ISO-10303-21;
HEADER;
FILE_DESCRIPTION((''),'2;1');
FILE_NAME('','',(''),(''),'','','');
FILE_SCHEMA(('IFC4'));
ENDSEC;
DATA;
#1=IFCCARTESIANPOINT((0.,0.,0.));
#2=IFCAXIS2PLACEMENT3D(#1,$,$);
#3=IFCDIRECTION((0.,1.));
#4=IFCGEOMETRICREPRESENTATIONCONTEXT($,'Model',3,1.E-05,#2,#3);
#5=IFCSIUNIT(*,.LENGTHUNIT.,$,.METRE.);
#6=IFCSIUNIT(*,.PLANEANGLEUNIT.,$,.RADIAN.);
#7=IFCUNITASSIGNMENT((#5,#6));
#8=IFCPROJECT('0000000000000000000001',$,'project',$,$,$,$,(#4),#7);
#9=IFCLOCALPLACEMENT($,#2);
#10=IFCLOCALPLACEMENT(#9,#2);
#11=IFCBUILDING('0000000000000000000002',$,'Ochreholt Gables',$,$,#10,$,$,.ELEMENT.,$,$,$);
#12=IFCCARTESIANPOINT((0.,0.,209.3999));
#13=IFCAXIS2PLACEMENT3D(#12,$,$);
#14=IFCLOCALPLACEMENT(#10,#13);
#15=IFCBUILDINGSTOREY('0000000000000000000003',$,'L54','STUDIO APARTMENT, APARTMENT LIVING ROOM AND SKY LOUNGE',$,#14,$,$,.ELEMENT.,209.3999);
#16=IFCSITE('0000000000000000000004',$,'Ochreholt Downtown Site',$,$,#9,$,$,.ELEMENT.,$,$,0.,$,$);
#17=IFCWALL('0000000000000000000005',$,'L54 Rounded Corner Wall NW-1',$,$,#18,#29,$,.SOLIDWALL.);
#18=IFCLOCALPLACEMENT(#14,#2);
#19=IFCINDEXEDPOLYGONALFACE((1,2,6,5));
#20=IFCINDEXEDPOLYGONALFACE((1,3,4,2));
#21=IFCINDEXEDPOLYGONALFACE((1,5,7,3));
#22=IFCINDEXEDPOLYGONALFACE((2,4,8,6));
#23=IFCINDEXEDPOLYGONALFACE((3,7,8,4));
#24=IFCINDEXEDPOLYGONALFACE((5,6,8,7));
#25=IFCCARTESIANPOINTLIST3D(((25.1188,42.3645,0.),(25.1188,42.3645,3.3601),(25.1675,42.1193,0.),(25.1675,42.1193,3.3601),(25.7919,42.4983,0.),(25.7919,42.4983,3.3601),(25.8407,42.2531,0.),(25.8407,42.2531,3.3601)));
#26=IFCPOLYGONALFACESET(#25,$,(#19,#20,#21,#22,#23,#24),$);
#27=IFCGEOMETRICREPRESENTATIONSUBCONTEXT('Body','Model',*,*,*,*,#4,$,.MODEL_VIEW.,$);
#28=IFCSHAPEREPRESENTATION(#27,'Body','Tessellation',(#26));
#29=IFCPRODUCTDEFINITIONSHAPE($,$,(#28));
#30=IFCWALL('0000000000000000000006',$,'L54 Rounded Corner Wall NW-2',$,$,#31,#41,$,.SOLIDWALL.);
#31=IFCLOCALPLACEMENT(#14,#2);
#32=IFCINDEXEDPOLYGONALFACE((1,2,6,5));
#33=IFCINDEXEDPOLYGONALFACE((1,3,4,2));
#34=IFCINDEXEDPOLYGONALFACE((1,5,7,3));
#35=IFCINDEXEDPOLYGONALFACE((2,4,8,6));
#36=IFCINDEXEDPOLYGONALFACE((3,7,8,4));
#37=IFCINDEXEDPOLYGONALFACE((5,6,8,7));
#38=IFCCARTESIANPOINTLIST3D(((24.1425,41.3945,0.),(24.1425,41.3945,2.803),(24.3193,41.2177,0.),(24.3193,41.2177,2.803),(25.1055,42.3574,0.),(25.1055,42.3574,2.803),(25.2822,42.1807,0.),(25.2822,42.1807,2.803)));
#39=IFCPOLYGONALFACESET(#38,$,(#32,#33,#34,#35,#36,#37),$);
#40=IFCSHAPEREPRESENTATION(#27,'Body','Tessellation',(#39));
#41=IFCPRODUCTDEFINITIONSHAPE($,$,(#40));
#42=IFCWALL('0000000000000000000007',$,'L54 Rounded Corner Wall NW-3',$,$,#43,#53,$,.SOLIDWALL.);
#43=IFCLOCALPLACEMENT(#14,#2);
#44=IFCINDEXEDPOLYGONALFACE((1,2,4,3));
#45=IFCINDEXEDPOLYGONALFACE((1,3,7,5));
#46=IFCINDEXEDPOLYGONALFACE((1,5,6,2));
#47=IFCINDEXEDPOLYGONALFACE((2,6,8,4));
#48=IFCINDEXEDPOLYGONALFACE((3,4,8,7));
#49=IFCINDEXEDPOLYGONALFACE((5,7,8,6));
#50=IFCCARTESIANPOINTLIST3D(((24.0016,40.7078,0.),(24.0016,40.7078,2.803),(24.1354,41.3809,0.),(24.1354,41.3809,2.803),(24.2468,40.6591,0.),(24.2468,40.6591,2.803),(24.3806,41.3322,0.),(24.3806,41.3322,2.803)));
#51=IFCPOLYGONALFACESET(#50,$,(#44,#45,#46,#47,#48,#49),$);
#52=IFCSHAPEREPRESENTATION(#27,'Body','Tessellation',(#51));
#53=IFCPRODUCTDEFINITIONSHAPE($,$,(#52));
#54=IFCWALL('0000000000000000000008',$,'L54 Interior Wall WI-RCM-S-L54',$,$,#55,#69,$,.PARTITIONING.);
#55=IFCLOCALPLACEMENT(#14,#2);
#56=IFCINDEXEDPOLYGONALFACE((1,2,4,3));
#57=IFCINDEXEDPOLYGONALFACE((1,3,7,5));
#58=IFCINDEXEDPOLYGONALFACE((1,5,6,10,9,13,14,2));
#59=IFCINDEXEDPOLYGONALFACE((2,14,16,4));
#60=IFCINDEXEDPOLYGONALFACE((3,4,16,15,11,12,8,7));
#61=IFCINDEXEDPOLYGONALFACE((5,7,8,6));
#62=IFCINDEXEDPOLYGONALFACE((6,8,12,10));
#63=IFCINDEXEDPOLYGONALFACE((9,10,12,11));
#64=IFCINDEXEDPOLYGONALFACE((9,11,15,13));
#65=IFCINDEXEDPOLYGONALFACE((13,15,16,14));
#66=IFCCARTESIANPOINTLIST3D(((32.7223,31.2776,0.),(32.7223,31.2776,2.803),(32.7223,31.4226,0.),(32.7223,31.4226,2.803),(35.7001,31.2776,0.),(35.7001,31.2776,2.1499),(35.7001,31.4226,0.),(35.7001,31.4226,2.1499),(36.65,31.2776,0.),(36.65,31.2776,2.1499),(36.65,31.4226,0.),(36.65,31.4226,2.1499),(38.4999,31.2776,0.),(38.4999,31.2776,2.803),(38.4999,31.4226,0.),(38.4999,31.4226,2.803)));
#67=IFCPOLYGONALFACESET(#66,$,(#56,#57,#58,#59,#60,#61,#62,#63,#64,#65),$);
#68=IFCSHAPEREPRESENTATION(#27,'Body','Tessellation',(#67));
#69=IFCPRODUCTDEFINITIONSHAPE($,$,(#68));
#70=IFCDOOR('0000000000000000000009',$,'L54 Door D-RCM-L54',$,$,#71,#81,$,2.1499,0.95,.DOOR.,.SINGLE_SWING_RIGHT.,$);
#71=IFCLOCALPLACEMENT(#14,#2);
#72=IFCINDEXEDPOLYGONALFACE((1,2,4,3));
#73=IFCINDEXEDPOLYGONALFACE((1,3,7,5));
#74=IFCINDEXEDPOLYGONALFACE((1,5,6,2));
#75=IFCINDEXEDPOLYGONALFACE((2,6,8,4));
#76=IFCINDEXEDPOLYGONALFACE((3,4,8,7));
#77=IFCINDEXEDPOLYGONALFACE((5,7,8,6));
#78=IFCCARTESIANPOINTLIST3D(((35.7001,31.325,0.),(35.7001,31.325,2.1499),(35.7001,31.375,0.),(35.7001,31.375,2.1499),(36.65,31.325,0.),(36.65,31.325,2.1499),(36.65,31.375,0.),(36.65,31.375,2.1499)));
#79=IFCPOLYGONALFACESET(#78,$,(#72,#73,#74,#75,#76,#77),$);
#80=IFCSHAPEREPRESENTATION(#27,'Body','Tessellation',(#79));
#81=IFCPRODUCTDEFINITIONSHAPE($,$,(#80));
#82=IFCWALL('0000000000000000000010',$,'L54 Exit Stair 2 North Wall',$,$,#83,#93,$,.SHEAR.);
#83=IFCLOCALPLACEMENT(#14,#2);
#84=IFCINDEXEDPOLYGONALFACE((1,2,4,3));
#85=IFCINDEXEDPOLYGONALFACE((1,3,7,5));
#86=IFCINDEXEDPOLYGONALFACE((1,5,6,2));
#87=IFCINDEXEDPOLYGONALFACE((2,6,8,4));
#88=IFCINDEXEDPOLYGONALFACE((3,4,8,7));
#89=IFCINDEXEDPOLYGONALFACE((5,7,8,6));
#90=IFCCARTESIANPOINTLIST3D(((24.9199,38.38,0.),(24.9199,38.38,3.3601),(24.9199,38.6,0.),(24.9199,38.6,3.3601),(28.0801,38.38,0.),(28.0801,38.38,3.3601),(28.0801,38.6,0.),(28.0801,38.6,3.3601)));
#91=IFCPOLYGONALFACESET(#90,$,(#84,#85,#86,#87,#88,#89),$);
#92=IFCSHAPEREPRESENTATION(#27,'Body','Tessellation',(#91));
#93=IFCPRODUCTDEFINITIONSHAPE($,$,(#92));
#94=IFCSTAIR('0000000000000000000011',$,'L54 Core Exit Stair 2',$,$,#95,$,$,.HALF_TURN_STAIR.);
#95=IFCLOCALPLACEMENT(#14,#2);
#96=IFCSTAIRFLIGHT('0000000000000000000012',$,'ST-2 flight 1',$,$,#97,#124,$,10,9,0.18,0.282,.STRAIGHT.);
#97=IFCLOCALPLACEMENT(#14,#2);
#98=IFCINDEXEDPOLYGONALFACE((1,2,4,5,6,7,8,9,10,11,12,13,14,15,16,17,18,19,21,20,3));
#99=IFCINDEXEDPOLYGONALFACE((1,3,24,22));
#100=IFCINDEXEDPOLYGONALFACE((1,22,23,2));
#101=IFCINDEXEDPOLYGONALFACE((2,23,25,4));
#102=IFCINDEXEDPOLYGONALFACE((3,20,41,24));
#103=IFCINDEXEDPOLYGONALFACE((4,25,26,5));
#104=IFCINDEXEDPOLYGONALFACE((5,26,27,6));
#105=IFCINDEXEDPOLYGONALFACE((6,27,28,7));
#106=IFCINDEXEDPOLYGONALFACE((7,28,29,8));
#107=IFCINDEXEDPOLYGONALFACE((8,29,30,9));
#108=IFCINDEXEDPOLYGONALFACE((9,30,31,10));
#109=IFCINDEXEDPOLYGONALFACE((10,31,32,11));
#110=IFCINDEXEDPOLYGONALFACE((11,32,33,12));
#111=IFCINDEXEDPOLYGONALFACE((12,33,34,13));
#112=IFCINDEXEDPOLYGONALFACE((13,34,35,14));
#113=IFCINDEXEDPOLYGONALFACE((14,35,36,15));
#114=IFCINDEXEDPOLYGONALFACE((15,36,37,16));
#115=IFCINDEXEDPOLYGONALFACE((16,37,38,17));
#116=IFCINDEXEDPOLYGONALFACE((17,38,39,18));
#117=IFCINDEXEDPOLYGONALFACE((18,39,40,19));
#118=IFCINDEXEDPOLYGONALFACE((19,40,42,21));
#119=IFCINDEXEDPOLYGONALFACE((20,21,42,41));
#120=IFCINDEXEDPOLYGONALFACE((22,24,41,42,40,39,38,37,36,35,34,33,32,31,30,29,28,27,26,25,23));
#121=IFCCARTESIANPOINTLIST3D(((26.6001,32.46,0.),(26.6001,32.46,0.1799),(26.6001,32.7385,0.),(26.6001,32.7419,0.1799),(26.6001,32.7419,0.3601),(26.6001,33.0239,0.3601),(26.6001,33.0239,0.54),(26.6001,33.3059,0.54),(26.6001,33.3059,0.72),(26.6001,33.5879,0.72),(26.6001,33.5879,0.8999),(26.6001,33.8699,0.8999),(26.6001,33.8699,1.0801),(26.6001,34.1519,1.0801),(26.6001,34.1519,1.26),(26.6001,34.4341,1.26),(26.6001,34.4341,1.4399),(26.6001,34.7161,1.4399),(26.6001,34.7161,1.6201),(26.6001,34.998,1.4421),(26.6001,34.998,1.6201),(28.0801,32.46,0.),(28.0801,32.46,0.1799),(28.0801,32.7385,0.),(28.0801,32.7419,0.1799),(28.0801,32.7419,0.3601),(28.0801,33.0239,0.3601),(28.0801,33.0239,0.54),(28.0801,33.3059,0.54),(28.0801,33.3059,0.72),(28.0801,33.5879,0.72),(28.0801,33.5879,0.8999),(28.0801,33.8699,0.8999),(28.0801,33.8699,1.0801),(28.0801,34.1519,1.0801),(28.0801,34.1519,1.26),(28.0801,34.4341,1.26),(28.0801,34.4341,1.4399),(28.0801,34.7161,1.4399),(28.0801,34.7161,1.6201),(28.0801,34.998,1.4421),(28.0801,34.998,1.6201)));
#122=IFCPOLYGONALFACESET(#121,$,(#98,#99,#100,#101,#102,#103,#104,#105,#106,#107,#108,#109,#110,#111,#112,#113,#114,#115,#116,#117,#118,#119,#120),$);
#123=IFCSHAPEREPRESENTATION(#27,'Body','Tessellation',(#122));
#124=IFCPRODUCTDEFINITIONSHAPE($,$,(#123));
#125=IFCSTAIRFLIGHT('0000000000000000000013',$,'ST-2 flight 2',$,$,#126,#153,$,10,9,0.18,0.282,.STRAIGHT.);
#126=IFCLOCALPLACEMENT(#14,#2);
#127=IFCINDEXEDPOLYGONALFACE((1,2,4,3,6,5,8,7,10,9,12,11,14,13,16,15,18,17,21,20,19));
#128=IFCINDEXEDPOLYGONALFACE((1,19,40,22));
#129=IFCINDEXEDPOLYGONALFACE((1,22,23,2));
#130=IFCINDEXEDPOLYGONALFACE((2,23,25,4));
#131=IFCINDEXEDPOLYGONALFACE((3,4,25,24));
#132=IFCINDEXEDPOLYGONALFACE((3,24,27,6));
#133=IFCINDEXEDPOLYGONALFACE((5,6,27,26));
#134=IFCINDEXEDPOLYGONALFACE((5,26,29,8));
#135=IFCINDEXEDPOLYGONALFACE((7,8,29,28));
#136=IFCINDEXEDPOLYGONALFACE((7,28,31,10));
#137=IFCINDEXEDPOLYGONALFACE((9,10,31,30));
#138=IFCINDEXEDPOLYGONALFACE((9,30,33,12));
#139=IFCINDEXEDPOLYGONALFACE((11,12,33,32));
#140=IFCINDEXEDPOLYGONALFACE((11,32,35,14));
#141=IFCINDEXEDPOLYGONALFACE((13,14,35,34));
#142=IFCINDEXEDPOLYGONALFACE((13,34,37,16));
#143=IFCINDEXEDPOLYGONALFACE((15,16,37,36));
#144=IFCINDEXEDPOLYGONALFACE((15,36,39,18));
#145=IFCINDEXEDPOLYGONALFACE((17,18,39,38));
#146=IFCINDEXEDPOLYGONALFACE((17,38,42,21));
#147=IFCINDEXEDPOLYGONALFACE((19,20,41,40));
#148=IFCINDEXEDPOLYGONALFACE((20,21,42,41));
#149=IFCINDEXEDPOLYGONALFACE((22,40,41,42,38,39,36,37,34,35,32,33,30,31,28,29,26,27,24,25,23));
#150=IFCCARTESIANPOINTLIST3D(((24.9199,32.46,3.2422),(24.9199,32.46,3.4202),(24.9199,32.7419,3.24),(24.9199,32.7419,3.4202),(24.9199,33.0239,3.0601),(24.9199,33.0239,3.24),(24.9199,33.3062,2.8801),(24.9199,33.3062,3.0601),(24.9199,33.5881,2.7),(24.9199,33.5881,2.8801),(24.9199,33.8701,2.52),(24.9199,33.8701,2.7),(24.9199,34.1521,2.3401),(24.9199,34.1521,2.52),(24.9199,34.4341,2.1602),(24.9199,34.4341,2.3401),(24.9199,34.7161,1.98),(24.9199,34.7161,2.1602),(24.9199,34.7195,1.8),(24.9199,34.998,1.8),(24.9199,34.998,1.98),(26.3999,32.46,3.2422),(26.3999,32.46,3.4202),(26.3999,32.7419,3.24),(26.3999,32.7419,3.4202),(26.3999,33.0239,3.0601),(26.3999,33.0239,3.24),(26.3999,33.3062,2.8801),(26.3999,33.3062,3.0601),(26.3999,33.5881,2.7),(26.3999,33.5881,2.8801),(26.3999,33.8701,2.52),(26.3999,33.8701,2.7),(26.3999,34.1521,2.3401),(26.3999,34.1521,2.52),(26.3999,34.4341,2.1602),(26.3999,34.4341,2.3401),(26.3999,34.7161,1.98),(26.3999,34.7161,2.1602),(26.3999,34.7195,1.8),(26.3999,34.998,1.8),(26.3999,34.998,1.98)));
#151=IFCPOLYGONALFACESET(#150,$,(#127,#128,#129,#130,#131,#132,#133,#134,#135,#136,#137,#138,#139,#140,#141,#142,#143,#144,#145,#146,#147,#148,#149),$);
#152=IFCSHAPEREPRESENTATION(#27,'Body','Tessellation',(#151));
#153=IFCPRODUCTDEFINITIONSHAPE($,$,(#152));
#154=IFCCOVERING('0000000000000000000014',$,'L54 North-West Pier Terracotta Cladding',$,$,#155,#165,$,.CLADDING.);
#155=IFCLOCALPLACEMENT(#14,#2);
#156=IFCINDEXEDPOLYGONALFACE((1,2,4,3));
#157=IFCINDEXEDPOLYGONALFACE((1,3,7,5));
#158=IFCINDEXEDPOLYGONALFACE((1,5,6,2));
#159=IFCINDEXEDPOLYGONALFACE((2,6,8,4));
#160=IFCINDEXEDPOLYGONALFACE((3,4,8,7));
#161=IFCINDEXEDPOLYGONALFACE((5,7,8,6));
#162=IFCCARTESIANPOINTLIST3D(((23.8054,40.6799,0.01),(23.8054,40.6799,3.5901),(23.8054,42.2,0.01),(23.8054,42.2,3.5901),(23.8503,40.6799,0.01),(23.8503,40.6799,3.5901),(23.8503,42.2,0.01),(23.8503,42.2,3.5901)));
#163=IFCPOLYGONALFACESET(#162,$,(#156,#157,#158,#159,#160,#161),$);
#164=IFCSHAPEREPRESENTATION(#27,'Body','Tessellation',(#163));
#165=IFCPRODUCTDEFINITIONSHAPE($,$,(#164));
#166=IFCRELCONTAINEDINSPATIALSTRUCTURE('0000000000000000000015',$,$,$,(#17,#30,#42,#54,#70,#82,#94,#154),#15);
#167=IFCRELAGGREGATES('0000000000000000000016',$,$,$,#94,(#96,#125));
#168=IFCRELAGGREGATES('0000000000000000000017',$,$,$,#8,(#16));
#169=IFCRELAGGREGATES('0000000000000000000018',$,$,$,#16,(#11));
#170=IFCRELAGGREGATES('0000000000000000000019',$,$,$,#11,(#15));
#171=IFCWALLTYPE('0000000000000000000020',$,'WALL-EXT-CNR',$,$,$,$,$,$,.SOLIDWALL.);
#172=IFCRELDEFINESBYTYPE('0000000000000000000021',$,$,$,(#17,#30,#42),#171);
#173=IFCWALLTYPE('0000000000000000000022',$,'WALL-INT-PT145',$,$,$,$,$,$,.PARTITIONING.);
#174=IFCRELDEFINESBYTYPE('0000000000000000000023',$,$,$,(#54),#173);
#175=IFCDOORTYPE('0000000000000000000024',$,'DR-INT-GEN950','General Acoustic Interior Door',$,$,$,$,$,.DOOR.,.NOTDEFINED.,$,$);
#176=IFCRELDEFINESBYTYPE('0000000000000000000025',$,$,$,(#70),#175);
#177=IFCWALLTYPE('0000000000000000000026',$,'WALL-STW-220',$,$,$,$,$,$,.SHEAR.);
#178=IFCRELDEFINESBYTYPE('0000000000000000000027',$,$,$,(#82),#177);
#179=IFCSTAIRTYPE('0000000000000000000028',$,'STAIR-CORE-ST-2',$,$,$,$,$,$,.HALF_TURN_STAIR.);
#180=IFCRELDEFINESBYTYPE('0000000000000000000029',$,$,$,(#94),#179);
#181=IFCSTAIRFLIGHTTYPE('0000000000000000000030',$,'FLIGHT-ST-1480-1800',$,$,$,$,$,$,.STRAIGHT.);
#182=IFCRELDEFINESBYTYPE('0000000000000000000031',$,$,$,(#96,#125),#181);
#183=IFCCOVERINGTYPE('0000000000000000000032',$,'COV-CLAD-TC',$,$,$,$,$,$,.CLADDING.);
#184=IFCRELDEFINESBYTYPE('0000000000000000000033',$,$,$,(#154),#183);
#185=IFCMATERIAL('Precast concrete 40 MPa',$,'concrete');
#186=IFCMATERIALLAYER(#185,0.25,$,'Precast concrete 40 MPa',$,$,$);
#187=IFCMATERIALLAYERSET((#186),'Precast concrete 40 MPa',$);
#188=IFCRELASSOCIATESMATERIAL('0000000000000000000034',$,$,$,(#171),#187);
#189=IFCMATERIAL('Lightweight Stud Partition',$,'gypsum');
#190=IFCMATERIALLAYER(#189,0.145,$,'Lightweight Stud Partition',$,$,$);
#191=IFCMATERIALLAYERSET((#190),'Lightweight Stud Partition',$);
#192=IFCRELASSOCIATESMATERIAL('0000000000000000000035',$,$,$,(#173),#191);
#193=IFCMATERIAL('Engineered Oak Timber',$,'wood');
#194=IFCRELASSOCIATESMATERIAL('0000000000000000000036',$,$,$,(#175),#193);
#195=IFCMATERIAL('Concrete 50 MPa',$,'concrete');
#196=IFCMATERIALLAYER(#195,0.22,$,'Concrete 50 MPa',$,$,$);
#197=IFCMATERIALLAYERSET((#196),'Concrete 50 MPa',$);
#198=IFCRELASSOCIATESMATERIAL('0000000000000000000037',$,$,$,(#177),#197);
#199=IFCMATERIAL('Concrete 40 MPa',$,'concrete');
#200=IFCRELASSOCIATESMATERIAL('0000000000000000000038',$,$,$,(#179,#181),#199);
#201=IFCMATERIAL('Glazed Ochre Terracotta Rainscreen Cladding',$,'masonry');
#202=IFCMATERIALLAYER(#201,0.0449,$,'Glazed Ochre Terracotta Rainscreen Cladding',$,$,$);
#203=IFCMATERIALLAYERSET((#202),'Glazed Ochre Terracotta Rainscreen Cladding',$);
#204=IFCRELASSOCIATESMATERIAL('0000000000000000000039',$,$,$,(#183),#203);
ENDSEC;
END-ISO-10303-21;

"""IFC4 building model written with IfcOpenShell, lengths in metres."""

from ifc_helpers import new_model, si_unit, direction, frame, frame_2d, origin, origin_2d, place, context, subcontext, project, spatial, polyline, rectangle, outline, extrude, material, layer, layer_set, type_object, element, fill, aggregate, save


model = new_model("IFC4")

# Units and contexts
model_context = context("Model", 3, precision=1e-05, world=origin(), true_north=direction((0.0, 1.0)))
body_context = subcontext(model_context, "Body", "Model", "MODEL_VIEW")
ifc_project = project(units=[si_unit("LENGTHUNIT", "METRE"), si_unit("PLANEANGLEUNIT", "RADIAN")], contexts=[model_context])

# Site, building, storey
site_placement = place(None, origin())
site = spatial("IfcSite", under=ifc_project, at=site_placement, Name="Ochreholt Downtown Site", CompositionType="ELEMENT", RefElevation=0.0)
building_placement = place(site_placement, origin())
building = spatial("IfcBuilding", under=site, at=building_placement, Name="Ochreholt Gables", CompositionType="ELEMENT")
storey_placement = place(building_placement, frame((0.0, 0.0, 209.3999)))
storey = spatial("IfcBuildingStorey", under=building, at=storey_placement, Name="L54", Description="STUDIO APARTMENT, APARTMENT LIVING ROOM AND SKY LOUNGE", CompositionType="ELEMENT", Elevation=209.3999)

# Shared definitions
ifc_material_1 = material(Name="Concrete 50 MPa", Category="concrete")

# Shared definitions
ifc_material_2 = material(Name="Precast concrete 40 MPa", Category="concrete")

# Walls
ifc_layer_1 = layer(ifc_material_2, 0.25, Name="Precast concrete 40 MPa")
ifc_layer_set_1 = layer_set([ifc_layer_1], Name="Precast concrete 40 MPa")
wall_type_1 = type_object("IfcWallType", Name="WALL-EXT-CNR", PredefinedType="SOLIDWALL", material=ifc_layer_set_1)
wall_1_placement = place(storey_placement, frame((25.8164, 42.3757, 0.0), z_axis=(0.0, 0.0, 1.0), x_axis=(-0.980813, -0.194953, 0.0)))
element("IfcWall", 1, at=wall_1_placement, inside=storey, type_object=wall_type_1, Name="L54 Rounded Corner Wall NW-1", PredefinedType="SOLIDWALL", context=body_context, shape_type="SweptSolid", body=[
    extrude(rectangle(XDim=0.6863, YDim=0.25, at=frame_2d((0.3433, 0.0))), origin(), (0.0, 0.0, 1.0), 3.3601),
])
wall_2_placement = place(storey_placement, frame((25.1938, 42.269, 0.0), z_axis=(0.0, 0.0, 1.0), x_axis=(-0.707107, -0.707107, 0.0)))
element("IfcWall", 2, at=wall_2_placement, inside=storey, type_object=wall_type_1, Name="L54 Rounded Corner Wall NW-2", PredefinedType="SOLIDWALL", context=body_context, shape_type="SweptSolid", body=[
    extrude(rectangle(XDim=1.3618, YDim=0.25, at=frame_2d((0.6809, 0.0))), origin(), (0.0, 0.0, 1.0), 2.803),
])
wall_3_placement = place(storey_placement, frame((24.2581, 41.3567, 0.0), z_axis=(0.0, 0.0, 1.0), x_axis=(-0.194953, -0.980813, 0.0)))
element("IfcWall", 3, at=wall_3_placement, inside=storey, type_object=wall_type_1, Name="L54 Rounded Corner Wall NW-3", PredefinedType="SOLIDWALL", context=body_context, shape_type="SweptSolid", body=[
    extrude(rectangle(XDim=0.6863, YDim=0.25, at=frame_2d((0.3433, 0.0))), origin(), (0.0, 0.0, 1.0), 2.803),
])

# Wall, opening, door
ifc_material_3 = material(Name="Lightweight Stud Partition", Category="gypsum")
ifc_layer_2 = layer(ifc_material_3, 0.145, Name="Lightweight Stud Partition")
ifc_layer_set_2 = layer_set([ifc_layer_2], Name="Lightweight Stud Partition")
wall_type_2 = type_object("IfcWallType", Name="WALL-INT-PT145", PredefinedType="PARTITIONING", material=ifc_layer_set_2)
wall_4_placement = place(storey_placement, frame((32.7224, 31.3501, 0.0), z_axis=(0.0, 0.0, 1.0), x_axis=(1.0, 0.0, 0.0)))
wall_4 = element("IfcWall", 4, at=wall_4_placement, inside=storey, type_object=wall_type_2, Name="L54 Interior Wall WI-RCM-S-L54", PredefinedType="PARTITIONING", context=body_context, shape_type="SweptSolid", body=[
    extrude(rectangle(XDim=5.7776, YDim=0.145, at=frame_2d((2.8887, 0.0))), origin(), (0.0, 0.0, 1.0), 2.803),
])
opening_1_placement = place(wall_4_placement, frame((2.9775, 0.0, 0.0)))
opening_1 = element("IfcOpeningElement", 5, at=opening_1_placement, cuts=wall_4, PredefinedType="OPENING", context=body_context, shape_type="SweptSolid", body=[
    extrude(rectangle(XDim=0.95, YDim=2.1499, at=frame_2d((0.4751, 1.075))), frame((0.0, 0.0825, 0.0), z_axis=(0.0, -1.0, 0.0), x_axis=(1.0, 0.0, 0.0)), (0.0, 0.0, 1.0), 0.165),
])
ifc_material_4 = material(Name="Engineered Oak Timber", Category="wood")
door_type_1 = type_object("IfcDoorType", Name="DR-INT-GEN950", Description="General Acoustic Interior Door", OperationType="NOTDEFINED", PredefinedType="DOOR", material=ifc_material_4)
door_1_placement = place(opening_1_placement, origin())
door_1 = element("IfcDoor", 6, at=door_1_placement, inside=storey, type_object=door_type_1, Name="L54 Door D-RCM-L54", OperationType="SINGLE_SWING_RIGHT", OverallHeight=2.1499, OverallWidth=0.95, PredefinedType="DOOR", context=body_context, shape_type="SweptSolid", body=[
    extrude(rectangle(XDim=0.95, YDim=2.1499, at=frame_2d((0.4751, 1.075))), frame((0.0, 0.0249, 0.0), z_axis=(0.0, -1.0, 0.0), x_axis=(1.0, 0.0, 0.0)), (0.0, 0.0, 1.0), 0.05),
])
fill(opening_1, door_1)

# Wall
ifc_layer_3 = layer(ifc_material_1, 0.22, Name="Concrete 50 MPa")
ifc_layer_set_3 = layer_set([ifc_layer_3], Name="Concrete 50 MPa")
wall_type_3 = type_object("IfcWallType", Name="WALL-STW-220", PredefinedType="SHEAR", material=ifc_layer_set_3)
wall_5_placement = place(storey_placement, frame((24.9199, 38.49, 0.0), z_axis=(0.0, 0.0, 1.0), x_axis=(1.0, 0.0, 0.0)))
element("IfcWall", 7, at=wall_5_placement, inside=storey, type_object=wall_type_3, Name="L54 Exit Stair 2 North Wall", PredefinedType="SHEAR", context=body_context, shape_type="SweptSolid", body=[
    extrude(rectangle(XDim=3.1602, YDim=0.22, at=frame_2d((1.5801, 0.0))), origin(), (0.0, 0.0, 1.0), 3.3601),
])

# Stair, stair flights
ifc_material_5 = material(Name="Concrete 40 MPa", Category="concrete")
stair_type = type_object("IfcStairType", Name="STAIR-CORE-ST-2", PredefinedType="HALF_TURN_STAIR", material=ifc_material_5)
stair_placement = place(storey_placement, origin())
stair = element("IfcStair", 8, at=stair_placement, inside=storey, type_object=stair_type, Name="L54 Core Exit Stair 2", PredefinedType="HALF_TURN_STAIR")
stair_flight_type = type_object("IfcStairFlightType", Name="FLIGHT-ST-1480-1800", PredefinedType="STRAIGHT", material=ifc_material_5)
stair_flight_1_placement = place(storey_placement, frame((27.3401, 32.46, 0.0), z_axis=(0.0, 0.0, 1.0), x_axis=(0.0, 1.0, 0.0)))
stair_flight_1 = element("IfcStairFlight", 9, at=stair_flight_1_placement, type_object=stair_flight_type, Name="ST-2 flight 1", NumberOfRisers=10, NumberOfTreads=9, PredefinedType="STRAIGHT", RiserHeight=0.18, TreadLength=0.282, context=body_context, shape_type="SweptSolid", body=[
    extrude(outline(polyline([(0.0, 0.0), (0.0, 0.1799), (0.282, 0.1799), (0.282, 0.3601), (0.564, 0.3601), (0.564, 0.54), (0.8459, 0.54), (0.8459, 0.72), (1.1279, 0.72), (1.1279, 0.8999), (1.4099, 0.8999), (1.4099, 1.0801), (1.6919, 1.0801), (1.6919, 1.26), (1.9741, 1.26), (1.9741, 1.4399), (2.2561, 1.4399), (2.2561, 1.6201), (2.5381, 1.6201), (2.5381, 1.8), (2.5381, 1.4421), (0.2786, 0.0), (0.0, 0.0)])), frame((0.0, 0.74, 0.0), z_axis=(0.0, -1.0, 0.0), x_axis=(1.0, 0.0, 0.0)), (0.0, 0.0, 1.0), 1.48),
])
stair_flight_2_placement = place(storey_placement, frame((25.6599, 34.998, 1.8), z_axis=(0.0, 0.0, 1.0), x_axis=(0.0, -1.0, 0.0)))
stair_flight_2 = element("IfcStairFlight", 10, at=stair_flight_2_placement, type_object=stair_flight_type, Name="ST-2 flight 2", NumberOfRisers=10, NumberOfTreads=9, PredefinedType="STRAIGHT", RiserHeight=0.18, TreadLength=0.282, context=body_context, shape_type="SweptSolid", body=[
    extrude(outline(polyline([(0.0, 0.0), (0.0, 0.1799), (0.282, 0.1799), (0.282, 0.3601), (0.564, 0.3601), (0.564, 0.54), (0.8459, 0.54), (0.8459, 0.72), (1.1279, 0.72), (1.1279, 0.8999), (1.4099, 0.8999), (1.4099, 1.0801), (1.6919, 1.0801), (1.6919, 1.26), (1.9741, 1.26), (1.9741, 1.4399), (2.2561, 1.4399), (2.2561, 1.6201), (2.5381, 1.6201), (2.5381, 1.8), (2.5381, 1.4421), (0.2786, 0.0), (0.0, 0.0)])), frame((0.0, 0.74, 0.0), z_axis=(0.0, -1.0, 0.0), x_axis=(1.0, 0.0, 0.0)), (0.0, 0.0, 1.0), 1.48),
])
aggregate(stair, [stair_flight_1, stair_flight_2])

# Covering
ifc_material_6 = material(Name="Glazed Ochre Terracotta Rainscreen Cladding", Category="masonry")
ifc_layer_4 = layer(ifc_material_6, 0.0449, Name="Glazed Ochre Terracotta Rainscreen Cladding")
ifc_layer_set_4 = layer_set([ifc_layer_4], Name="Glazed Ochre Terracotta Rainscreen Cladding")
covering_type = type_object("IfcCoveringType", Name="COV-CLAD-TC", PredefinedType="CLADDING", material=ifc_layer_set_4)
covering_placement = place(storey_placement, frame((23.8279, 41.4399, 0.01), z_axis=(0.0, 0.0, 1.0), x_axis=(0.0, 1.0, 0.0)))
element("IfcCovering", 11, at=covering_placement, inside=storey, type_object=covering_type, Name="L54 North-West Pier Terracotta Cladding", PredefinedType="CLADDING", context=body_context, shape_type="SweptSolid", body=[
    extrude(rectangle(XDim=1.52, YDim=0.0449, at=origin_2d()), origin(), (0.0, 0.0, 1.0), 3.5801),
])

save(model, "model.ifc")
